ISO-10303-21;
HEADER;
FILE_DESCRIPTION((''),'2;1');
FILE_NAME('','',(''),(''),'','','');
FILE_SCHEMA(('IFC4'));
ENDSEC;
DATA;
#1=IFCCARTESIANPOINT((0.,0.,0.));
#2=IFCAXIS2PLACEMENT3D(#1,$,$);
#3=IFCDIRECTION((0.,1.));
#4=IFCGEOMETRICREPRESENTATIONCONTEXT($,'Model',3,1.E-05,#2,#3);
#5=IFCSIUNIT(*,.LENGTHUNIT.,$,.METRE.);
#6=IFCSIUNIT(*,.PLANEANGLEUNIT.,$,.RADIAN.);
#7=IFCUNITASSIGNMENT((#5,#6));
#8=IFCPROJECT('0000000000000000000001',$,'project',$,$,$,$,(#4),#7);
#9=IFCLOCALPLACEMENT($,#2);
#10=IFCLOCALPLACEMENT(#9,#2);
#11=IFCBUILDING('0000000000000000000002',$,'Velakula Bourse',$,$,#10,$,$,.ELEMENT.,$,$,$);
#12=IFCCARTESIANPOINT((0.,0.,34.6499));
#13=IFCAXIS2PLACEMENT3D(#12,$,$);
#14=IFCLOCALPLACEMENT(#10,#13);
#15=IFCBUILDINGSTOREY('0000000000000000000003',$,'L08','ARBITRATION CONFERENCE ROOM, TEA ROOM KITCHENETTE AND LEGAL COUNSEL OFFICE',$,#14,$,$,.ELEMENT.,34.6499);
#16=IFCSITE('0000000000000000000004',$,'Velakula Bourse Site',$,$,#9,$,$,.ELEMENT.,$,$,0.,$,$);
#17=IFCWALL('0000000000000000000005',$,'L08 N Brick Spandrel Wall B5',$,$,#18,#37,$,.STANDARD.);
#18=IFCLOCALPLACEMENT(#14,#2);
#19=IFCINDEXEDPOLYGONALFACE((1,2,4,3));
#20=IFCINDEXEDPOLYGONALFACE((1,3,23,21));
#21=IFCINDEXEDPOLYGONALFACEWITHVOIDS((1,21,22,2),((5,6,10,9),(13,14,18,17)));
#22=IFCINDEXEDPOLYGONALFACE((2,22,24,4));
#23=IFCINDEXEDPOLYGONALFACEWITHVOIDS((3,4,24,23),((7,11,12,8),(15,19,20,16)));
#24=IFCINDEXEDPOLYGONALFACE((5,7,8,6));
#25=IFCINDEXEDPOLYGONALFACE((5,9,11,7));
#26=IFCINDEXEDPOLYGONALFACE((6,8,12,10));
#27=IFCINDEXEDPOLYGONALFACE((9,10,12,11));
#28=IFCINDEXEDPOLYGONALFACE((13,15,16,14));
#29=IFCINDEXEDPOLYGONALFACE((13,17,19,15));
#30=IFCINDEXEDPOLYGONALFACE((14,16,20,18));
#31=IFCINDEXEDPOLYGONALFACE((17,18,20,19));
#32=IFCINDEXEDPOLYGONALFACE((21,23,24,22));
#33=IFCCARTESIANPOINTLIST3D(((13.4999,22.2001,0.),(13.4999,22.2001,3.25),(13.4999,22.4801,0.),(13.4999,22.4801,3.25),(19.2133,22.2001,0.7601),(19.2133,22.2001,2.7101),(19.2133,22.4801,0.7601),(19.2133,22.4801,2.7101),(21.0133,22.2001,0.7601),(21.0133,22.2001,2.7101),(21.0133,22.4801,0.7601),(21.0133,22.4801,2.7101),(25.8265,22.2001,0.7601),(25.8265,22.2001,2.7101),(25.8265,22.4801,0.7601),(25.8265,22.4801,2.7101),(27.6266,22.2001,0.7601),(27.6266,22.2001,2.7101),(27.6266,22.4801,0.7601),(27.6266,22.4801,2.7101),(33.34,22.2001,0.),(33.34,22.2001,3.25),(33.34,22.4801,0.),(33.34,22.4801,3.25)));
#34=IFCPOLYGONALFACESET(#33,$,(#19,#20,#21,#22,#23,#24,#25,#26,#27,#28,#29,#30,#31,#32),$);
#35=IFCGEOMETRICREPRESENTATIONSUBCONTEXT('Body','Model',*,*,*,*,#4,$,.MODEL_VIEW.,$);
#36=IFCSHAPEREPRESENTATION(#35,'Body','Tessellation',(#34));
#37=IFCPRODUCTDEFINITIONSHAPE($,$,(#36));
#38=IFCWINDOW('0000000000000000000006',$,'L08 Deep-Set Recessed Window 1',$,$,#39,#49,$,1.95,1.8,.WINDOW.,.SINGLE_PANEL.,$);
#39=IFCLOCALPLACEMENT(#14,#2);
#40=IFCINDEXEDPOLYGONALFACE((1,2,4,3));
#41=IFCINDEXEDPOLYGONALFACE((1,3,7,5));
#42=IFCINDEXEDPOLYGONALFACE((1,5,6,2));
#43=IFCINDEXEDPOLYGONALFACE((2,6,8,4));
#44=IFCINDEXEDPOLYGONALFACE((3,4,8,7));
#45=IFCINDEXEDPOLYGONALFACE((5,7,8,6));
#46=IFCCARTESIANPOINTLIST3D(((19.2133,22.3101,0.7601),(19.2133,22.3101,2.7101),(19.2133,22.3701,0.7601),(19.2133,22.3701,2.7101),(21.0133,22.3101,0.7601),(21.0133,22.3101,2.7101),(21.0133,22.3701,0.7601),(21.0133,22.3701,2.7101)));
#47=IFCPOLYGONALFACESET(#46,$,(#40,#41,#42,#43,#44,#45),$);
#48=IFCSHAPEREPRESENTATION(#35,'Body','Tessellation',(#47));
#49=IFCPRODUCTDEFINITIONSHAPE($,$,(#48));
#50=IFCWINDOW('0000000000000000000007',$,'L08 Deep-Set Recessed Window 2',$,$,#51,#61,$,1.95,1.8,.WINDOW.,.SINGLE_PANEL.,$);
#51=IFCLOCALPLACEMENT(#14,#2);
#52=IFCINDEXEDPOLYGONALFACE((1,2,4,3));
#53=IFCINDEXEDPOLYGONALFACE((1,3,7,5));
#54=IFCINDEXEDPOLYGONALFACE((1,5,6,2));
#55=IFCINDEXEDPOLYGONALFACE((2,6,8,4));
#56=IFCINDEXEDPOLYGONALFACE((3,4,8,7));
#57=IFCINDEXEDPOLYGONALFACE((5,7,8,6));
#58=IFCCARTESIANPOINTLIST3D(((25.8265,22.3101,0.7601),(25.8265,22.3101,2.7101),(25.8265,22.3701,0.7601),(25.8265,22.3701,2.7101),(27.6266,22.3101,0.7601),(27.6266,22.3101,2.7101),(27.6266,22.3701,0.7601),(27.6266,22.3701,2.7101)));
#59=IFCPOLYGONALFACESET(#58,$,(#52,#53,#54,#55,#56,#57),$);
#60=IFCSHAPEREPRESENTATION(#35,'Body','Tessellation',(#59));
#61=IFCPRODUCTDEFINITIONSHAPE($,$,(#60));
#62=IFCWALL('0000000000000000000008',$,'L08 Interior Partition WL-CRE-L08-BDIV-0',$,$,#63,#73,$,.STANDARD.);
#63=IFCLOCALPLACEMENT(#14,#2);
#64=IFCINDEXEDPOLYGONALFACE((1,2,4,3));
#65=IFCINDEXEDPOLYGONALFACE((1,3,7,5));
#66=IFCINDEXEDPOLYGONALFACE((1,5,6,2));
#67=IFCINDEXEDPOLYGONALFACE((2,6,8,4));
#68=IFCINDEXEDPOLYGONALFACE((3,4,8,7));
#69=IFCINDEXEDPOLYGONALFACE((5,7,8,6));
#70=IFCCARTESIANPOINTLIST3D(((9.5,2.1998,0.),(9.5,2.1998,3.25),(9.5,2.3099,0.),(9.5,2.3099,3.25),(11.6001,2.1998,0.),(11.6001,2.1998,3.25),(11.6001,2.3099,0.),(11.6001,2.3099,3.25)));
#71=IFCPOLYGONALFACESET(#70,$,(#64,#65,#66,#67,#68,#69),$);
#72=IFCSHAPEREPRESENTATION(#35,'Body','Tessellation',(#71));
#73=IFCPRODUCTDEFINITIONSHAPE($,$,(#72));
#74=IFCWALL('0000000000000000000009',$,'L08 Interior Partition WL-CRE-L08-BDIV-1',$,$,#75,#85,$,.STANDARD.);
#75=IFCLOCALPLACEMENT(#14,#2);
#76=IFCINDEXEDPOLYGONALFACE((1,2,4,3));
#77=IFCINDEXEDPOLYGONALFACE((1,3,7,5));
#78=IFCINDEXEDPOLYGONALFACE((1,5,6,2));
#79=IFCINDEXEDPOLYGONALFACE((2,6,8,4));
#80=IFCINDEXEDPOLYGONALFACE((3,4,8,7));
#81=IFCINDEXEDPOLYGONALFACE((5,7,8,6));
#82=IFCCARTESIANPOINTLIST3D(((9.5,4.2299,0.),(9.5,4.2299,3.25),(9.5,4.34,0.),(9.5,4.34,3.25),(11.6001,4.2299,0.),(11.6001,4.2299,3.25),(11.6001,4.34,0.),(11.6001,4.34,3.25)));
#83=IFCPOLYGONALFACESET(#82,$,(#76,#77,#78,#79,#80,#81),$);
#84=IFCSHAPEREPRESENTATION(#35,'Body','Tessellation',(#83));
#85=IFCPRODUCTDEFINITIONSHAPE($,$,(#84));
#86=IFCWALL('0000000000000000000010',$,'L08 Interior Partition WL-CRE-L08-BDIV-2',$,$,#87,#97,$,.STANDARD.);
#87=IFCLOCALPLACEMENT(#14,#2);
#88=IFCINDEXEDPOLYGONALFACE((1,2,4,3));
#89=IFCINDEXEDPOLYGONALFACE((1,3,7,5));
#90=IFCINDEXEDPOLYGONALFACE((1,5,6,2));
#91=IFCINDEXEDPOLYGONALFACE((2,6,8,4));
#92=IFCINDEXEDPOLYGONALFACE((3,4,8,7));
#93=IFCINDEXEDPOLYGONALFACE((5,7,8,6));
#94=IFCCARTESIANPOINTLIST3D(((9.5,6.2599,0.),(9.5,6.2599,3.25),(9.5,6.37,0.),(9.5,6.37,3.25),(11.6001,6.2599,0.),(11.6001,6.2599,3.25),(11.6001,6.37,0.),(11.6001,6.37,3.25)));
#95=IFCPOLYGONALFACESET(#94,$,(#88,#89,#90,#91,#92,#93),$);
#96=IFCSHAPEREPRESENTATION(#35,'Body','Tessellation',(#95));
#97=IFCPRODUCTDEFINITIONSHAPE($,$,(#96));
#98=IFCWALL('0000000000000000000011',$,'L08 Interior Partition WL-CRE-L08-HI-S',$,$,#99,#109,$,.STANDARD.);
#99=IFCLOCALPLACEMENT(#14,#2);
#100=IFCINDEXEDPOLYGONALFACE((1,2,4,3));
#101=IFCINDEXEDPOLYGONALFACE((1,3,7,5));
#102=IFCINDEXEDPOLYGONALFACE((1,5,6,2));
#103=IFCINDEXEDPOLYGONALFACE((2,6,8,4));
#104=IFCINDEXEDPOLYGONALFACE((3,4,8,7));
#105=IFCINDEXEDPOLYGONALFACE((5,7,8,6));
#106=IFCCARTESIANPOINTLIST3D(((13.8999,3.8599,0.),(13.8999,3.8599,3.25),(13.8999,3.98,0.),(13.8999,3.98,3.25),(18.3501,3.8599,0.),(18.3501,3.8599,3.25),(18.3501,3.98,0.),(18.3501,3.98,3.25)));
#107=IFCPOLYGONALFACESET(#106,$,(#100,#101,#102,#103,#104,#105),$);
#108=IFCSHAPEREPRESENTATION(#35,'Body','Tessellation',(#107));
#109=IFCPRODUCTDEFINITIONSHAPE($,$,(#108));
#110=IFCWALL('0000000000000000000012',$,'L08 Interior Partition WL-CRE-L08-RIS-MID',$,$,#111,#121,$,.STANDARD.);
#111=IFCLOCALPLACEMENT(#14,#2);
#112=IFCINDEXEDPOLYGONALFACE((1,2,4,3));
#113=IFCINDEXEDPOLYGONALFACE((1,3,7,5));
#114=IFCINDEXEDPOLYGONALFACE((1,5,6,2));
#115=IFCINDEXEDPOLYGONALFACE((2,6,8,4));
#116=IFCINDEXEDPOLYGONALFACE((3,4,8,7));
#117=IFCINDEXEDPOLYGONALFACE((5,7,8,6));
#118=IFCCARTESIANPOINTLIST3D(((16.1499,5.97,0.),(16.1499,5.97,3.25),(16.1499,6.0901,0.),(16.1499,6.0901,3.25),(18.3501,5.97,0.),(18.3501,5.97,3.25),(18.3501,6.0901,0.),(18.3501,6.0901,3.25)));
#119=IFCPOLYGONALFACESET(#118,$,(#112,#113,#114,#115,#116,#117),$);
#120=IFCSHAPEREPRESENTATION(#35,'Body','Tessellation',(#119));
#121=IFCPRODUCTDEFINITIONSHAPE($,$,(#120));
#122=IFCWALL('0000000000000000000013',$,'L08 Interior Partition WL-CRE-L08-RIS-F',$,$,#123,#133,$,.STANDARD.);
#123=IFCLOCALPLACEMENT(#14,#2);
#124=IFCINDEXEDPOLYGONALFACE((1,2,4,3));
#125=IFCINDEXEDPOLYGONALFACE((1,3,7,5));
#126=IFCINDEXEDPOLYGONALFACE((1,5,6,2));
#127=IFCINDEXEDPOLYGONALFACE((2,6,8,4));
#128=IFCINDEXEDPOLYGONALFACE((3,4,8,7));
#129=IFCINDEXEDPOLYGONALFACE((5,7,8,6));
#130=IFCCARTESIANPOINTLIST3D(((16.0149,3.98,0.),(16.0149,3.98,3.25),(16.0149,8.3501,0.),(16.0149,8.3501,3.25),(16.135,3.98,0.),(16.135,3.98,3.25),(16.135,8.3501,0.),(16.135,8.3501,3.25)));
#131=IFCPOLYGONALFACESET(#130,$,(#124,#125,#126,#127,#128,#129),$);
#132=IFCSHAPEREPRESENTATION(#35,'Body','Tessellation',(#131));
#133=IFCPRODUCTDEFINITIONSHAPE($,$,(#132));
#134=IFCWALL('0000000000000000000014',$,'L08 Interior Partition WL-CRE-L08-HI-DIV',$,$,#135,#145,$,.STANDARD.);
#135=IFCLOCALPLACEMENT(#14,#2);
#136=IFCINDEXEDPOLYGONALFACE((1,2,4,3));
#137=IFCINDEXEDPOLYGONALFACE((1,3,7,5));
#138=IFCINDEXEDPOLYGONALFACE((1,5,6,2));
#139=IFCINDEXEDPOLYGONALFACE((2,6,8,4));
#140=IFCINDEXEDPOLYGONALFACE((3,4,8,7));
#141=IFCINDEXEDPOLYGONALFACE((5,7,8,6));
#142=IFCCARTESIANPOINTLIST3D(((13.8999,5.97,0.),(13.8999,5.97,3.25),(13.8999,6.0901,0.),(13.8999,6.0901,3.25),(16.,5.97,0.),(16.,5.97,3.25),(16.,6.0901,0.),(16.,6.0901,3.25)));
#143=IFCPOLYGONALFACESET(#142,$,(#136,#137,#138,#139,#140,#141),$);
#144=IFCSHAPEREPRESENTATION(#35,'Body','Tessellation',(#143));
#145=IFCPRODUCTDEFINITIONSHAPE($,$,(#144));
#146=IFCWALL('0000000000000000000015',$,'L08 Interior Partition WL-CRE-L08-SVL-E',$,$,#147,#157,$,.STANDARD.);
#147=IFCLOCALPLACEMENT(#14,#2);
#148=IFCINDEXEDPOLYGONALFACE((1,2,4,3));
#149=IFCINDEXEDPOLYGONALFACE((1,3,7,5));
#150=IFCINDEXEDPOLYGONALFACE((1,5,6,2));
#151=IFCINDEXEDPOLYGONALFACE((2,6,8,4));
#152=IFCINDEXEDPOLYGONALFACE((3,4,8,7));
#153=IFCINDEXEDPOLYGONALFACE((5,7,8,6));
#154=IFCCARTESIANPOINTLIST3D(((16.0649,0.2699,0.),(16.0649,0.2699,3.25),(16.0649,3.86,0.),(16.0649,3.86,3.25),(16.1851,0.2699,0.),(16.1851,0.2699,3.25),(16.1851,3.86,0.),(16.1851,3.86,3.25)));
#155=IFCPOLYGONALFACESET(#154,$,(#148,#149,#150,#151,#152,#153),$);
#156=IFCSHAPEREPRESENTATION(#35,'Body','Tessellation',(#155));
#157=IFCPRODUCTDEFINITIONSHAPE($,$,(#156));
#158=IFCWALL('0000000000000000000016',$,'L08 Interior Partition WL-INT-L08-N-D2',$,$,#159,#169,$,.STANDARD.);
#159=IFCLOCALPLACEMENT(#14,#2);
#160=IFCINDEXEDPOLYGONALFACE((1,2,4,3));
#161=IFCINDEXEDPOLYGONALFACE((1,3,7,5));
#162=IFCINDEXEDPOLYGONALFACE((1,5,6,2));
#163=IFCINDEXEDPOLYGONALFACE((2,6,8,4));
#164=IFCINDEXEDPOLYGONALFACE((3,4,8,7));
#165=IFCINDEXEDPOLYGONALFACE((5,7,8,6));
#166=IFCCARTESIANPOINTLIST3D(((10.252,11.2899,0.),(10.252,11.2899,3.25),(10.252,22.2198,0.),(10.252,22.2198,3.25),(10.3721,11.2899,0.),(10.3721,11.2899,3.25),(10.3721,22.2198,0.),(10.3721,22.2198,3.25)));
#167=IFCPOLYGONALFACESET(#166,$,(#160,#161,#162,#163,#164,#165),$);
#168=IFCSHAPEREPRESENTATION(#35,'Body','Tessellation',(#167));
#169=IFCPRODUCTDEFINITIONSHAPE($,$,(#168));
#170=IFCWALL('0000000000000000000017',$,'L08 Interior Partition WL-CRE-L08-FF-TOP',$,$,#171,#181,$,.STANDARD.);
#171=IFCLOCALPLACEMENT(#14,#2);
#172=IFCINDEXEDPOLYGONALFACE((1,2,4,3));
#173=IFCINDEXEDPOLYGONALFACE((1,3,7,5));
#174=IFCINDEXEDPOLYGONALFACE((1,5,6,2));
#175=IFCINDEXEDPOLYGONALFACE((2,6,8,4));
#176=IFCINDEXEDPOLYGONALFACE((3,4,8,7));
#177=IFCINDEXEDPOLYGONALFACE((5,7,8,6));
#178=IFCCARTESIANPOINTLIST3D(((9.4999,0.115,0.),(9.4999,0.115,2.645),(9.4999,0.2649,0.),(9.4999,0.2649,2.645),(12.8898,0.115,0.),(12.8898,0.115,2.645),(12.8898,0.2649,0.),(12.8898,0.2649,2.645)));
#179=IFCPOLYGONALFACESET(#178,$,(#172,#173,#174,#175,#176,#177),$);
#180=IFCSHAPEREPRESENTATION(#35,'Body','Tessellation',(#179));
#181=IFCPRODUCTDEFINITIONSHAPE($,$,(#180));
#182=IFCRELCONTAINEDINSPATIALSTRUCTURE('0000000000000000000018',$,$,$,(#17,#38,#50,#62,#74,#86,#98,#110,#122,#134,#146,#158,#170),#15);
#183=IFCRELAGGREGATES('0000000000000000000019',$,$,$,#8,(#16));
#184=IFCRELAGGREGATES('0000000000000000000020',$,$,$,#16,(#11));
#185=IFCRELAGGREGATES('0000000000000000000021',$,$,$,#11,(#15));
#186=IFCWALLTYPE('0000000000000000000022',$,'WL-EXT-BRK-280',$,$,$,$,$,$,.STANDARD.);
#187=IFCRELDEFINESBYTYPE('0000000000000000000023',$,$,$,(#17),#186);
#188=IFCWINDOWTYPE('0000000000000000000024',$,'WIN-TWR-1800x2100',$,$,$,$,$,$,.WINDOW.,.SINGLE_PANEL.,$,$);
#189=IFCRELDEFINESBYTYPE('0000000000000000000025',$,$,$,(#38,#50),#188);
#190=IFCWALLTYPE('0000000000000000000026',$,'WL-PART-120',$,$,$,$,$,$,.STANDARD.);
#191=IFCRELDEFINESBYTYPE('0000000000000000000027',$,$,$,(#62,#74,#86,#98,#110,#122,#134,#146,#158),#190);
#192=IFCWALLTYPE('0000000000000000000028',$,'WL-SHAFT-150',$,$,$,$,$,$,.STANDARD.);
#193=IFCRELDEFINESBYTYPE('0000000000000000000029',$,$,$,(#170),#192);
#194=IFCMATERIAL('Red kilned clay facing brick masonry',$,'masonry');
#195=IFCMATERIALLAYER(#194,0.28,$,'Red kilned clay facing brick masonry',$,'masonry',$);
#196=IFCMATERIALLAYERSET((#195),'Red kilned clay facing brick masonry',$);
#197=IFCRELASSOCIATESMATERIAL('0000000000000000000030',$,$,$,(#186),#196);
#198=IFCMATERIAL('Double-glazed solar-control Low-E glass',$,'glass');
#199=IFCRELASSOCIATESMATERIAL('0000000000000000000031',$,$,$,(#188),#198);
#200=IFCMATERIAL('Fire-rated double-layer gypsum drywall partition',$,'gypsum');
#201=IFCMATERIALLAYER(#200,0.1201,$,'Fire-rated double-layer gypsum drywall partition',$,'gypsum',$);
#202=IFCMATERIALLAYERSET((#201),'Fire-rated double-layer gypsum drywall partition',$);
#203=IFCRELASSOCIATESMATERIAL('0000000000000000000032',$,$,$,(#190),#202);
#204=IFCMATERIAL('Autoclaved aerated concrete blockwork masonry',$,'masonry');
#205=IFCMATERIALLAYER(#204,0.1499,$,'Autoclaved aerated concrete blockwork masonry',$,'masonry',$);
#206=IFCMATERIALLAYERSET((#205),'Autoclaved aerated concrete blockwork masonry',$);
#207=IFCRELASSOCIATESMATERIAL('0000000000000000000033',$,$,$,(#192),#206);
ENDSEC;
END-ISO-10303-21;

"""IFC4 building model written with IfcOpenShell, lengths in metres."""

from ifc_helpers import new_model, si_unit, direction, frame, frame_2d, origin, place, context, subcontext, project, spatial, rectangle, extrude, material, layer, layer_set, type_object, element, fill, save


model = new_model("IFC4")

# Units and contexts
model_context = context("Model", 3, precision=1e-05, world=origin(), true_north=direction((0.0, 1.0)))
body_context = subcontext(model_context, "Body", "Model", "MODEL_VIEW")
ifc_project = project(units=[si_unit("LENGTHUNIT", "METRE"), si_unit("PLANEANGLEUNIT", "RADIAN")], contexts=[model_context])

# Site, building, storey
site_placement = place(None, origin())
site = spatial("IfcSite", under=ifc_project, at=site_placement, Name="Velakula Bourse Site", CompositionType="ELEMENT", RefElevation=0.0)
building_placement = place(site_placement, origin())
building = spatial("IfcBuilding", under=site, at=building_placement, Name="Velakula Bourse", CompositionType="ELEMENT")
storey_placement = place(building_placement, frame((0.0, 0.0, 34.6499)))
storey = spatial("IfcBuildingStorey", under=building, at=storey_placement, Name="L08", Description="ARBITRATION CONFERENCE ROOM, TEA ROOM KITCHENETTE AND LEGAL COUNSEL OFFICE", CompositionType="ELEMENT", Elevation=34.6499)

# Wall, openings, windows
ifc_material_1 = material(Name="Red kilned clay facing brick masonry", Category="masonry")
ifc_layer_1 = layer(ifc_material_1, 0.28, Name="Red kilned clay facing brick masonry", Category="masonry")
ifc_layer_set_1 = layer_set([ifc_layer_1], Name="Red kilned clay facing brick masonry")
wall_type_1 = type_object("IfcWallType", Name="WL-EXT-BRK-280", PredefinedType="STANDARD", material=ifc_layer_set_1)
wall_1_placement = place(storey_placement, frame((13.5, 22.3401, 0.0), z_axis=(0.0, 0.0, 1.0), x_axis=(1.0, 0.0, 0.0)))
wall_1 = element("IfcWall", 1, at=wall_1_placement, inside=storey, type_object=wall_type_1, Name="L08 N Brick Spandrel Wall B5", PredefinedType="STANDARD", context=body_context, shape_type="SweptSolid", body=[
    extrude(rectangle(XDim=19.8401, YDim=0.28, at=frame_2d((9.9199, 0.0))), origin(), (0.0, 0.0, 1.0), 3.25),
])
opening_1_placement = place(wall_1_placement, frame((5.7134, 0.0, 0.76)))
opening_1 = element("IfcOpeningElement", 2, at=opening_1_placement, cuts=wall_1, PredefinedType="OPENING", context=body_context, shape_type="SweptSolid", body=[
    extrude(rectangle(XDim=1.8, YDim=1.95, at=frame_2d((0.8999, 0.9751))), frame((0.0, 0.1499, 0.0), z_axis=(0.0, -1.0, 0.0), x_axis=(1.0, 0.0, 0.0)), (0.0, 0.0, 1.0), 0.3),
])
opening_2_placement = place(wall_1_placement, frame((12.3267, 0.0, 0.76)))
opening_2 = element("IfcOpeningElement", 3, at=opening_2_placement, cuts=wall_1, PredefinedType="OPENING", context=body_context, shape_type="SweptSolid", body=[
    extrude(rectangle(XDim=1.8, YDim=1.95, at=frame_2d((0.8999, 0.9751))), frame((0.0, 0.1499, 0.0), z_axis=(0.0, -1.0, 0.0), x_axis=(1.0, 0.0, 0.0)), (0.0, 0.0, 1.0), 0.3),
])
ifc_material_2 = material(Name="Double-glazed solar-control Low-E glass", Category="glass")
window_type = type_object("IfcWindowType", Name="WIN-TWR-1800x2100", PartitioningType="SINGLE_PANEL", PredefinedType="WINDOW", material=ifc_material_2)
window_1_placement = place(opening_1_placement, origin())
window_1 = element("IfcWindow", 4, at=window_1_placement, inside=storey, type_object=window_type, Name="L08 Deep-Set Recessed Window 1", OverallHeight=1.95, OverallWidth=1.8, PartitioningType="SINGLE_PANEL", PredefinedType="WINDOW", context=body_context, shape_type="SweptSolid", body=[
    extrude(rectangle(XDim=1.8, YDim=1.95, at=frame_2d((0.8999, 0.9751))), frame((0.0, 0.03, 0.0), z_axis=(0.0, -1.0, 0.0), x_axis=(1.0, 0.0, 0.0)), (0.0, 0.0, 1.0), 0.0601),
])
fill(opening_1, window_1)
window_2_placement = place(opening_2_placement, origin())
window_2 = element("IfcWindow", 5, at=window_2_placement, inside=storey, type_object=window_type, Name="L08 Deep-Set Recessed Window 2", OverallHeight=1.95, OverallWidth=1.8, PartitioningType="SINGLE_PANEL", PredefinedType="WINDOW", context=body_context, shape_type="SweptSolid", body=[
    extrude(rectangle(XDim=1.8, YDim=1.95, at=frame_2d((0.8999, 0.9751))), frame((0.0, 0.03, 0.0), z_axis=(0.0, -1.0, 0.0), x_axis=(1.0, 0.0, 0.0)), (0.0, 0.0, 1.0), 0.0601),
])
fill(opening_2, window_2)

# Walls
ifc_material_3 = material(Name="Fire-rated double-layer gypsum drywall partition", Category="gypsum")
ifc_layer_2 = layer(ifc_material_3, 0.1201, Name="Fire-rated double-layer gypsum drywall partition", Category="gypsum")
ifc_layer_set_2 = layer_set([ifc_layer_2], Name="Fire-rated double-layer gypsum drywall partition")
wall_type_2 = type_object("IfcWallType", Name="WL-PART-120", PredefinedType="STANDARD", material=ifc_layer_set_2)
for number, where, z_axis, x_axis, name in (
    (6, (9.5, 2.2549, 0.0), (0.0, 0.0, 1.0), (1.0, 0.0, 0.0), "L08 Interior Partition WL-CRE-L08-BDIV-0"),
    (7, (9.5, 4.2849, 0.0), (0.0, 0.0, 1.0), (1.0, 0.0, 0.0), "L08 Interior Partition WL-CRE-L08-BDIV-1"),
    (8, (9.5, 6.3149, 0.0), (0.0, 0.0, 1.0), (1.0, 0.0, 0.0), "L08 Interior Partition WL-CRE-L08-BDIV-2"),
):
    element("IfcWall", number, at=place(storey_placement, frame(where, z_axis=z_axis, x_axis=x_axis)), inside=storey, type_object=wall_type_2, Name=name, PredefinedType="STANDARD", context=body_context, shape_type="SweptSolid", body=[
        extrude(rectangle(XDim=2.1001, YDim=0.1101, at=frame_2d((1.05, 0.0))), origin(), (0.0, 0.0, 1.0), 3.25),
    ])
wall_2_placement = place(storey_placement, frame((13.8999, 3.9199, 0.0), z_axis=(0.0, 0.0, 1.0), x_axis=(1.0, 0.0, 0.0)))
element("IfcWall", 9, at=wall_2_placement, inside=storey, type_object=wall_type_2, Name="L08 Interior Partition WL-CRE-L08-HI-S", PredefinedType="STANDARD", context=body_context, shape_type="SweptSolid", body=[
    extrude(rectangle(XDim=4.4502, YDim=0.1201, at=frame_2d((2.2251, 0.0))), origin(), (0.0, 0.0, 1.0), 3.25),
])
wall_3_placement = place(storey_placement, frame((16.1499, 6.03, 0.0), z_axis=(0.0, 0.0, 1.0), x_axis=(1.0, 0.0, 0.0)))
element("IfcWall", 10, at=wall_3_placement, inside=storey, type_object=wall_type_2, Name="L08 Interior Partition WL-CRE-L08-RIS-MID", PredefinedType="STANDARD", context=body_context, shape_type="SweptSolid", body=[
    extrude(rectangle(XDim=2.2002, YDim=0.1201, at=frame_2d((1.1001, 0.0))), origin(), (0.0, 0.0, 1.0), 3.25),
])
wall_4_placement = place(storey_placement, frame((16.075, 3.98, 0.0), z_axis=(0.0, 0.0, 1.0), x_axis=(0.0, 1.0, 0.0)))
element("IfcWall", 11, at=wall_4_placement, inside=storey, type_object=wall_type_2, Name="L08 Interior Partition WL-CRE-L08-RIS-F", PredefinedType="STANDARD", context=body_context, shape_type="SweptSolid", body=[
    extrude(rectangle(XDim=4.3701, YDim=0.1201, at=frame_2d((2.1851, 0.0))), origin(), (0.0, 0.0, 1.0), 3.25),
])
wall_5_placement = place(storey_placement, frame((13.8999, 6.03, 0.0), z_axis=(0.0, 0.0, 1.0), x_axis=(1.0, 0.0, 0.0)))
element("IfcWall", 12, at=wall_5_placement, inside=storey, type_object=wall_type_2, Name="L08 Interior Partition WL-CRE-L08-HI-DIV", PredefinedType="STANDARD", context=body_context, shape_type="SweptSolid", body=[
    extrude(rectangle(XDim=2.1001, YDim=0.1201, at=frame_2d((1.05, 0.0))), origin(), (0.0, 0.0, 1.0), 3.25),
])
wall_6_placement = place(storey_placement, frame((16.125, 0.27, 0.0), z_axis=(0.0, 0.0, 1.0), x_axis=(0.0, 1.0, 0.0)))
element("IfcWall", 13, at=wall_6_placement, inside=storey, type_object=wall_type_2, Name="L08 Interior Partition WL-CRE-L08-SVL-E", PredefinedType="STANDARD", context=body_context, shape_type="SweptSolid", body=[
    extrude(rectangle(XDim=3.5901, YDim=0.1201, at=frame_2d((1.7949, 0.0))), origin(), (0.0, 0.0, 1.0), 3.25),
])
wall_7_placement = place(storey_placement, frame((10.312, 11.29, 0.0), z_axis=(0.0, 0.0, 1.0), x_axis=(0.0, 1.0, 0.0)))
element("IfcWall", 14, at=wall_7_placement, inside=storey, type_object=wall_type_2, Name="L08 Interior Partition WL-INT-L08-N-D2", PredefinedType="STANDARD", context=body_context, shape_type="SweptSolid", body=[
    extrude(rectangle(XDim=10.9299, YDim=0.1201, at=frame_2d((5.4648, 0.0))), origin(), (0.0, 0.0, 1.0), 3.25),
])
ifc_material_4 = material(Name="Autoclaved aerated concrete blockwork masonry", Category="masonry")
ifc_layer_3 = layer(ifc_material_4, 0.1499, Name="Autoclaved aerated concrete blockwork masonry", Category="masonry")
ifc_layer_set_3 = layer_set([ifc_layer_3], Name="Autoclaved aerated concrete blockwork masonry")
wall_type_3 = type_object("IfcWallType", Name="WL-SHAFT-150", PredefinedType="STANDARD", material=ifc_layer_set_3)
wall_8_placement = place(storey_placement, frame((9.5, 0.1899, 0.0), z_axis=(0.0, 0.0, 1.0), x_axis=(1.0, 0.0, 0.0)))
element("IfcWall", 15, at=wall_8_placement, inside=storey, type_object=wall_type_3, Name="L08 Interior Partition WL-CRE-L08-FF-TOP", PredefinedType="STANDARD", context=body_context, shape_type="SweptSolid", body=[
    extrude(rectangle(XDim=3.3899, YDim=0.1499, at=frame_2d((1.6948, 0.0))), origin(), (0.0, 0.0, 1.0), 2.645),
])

save(model, "model.ifc")
